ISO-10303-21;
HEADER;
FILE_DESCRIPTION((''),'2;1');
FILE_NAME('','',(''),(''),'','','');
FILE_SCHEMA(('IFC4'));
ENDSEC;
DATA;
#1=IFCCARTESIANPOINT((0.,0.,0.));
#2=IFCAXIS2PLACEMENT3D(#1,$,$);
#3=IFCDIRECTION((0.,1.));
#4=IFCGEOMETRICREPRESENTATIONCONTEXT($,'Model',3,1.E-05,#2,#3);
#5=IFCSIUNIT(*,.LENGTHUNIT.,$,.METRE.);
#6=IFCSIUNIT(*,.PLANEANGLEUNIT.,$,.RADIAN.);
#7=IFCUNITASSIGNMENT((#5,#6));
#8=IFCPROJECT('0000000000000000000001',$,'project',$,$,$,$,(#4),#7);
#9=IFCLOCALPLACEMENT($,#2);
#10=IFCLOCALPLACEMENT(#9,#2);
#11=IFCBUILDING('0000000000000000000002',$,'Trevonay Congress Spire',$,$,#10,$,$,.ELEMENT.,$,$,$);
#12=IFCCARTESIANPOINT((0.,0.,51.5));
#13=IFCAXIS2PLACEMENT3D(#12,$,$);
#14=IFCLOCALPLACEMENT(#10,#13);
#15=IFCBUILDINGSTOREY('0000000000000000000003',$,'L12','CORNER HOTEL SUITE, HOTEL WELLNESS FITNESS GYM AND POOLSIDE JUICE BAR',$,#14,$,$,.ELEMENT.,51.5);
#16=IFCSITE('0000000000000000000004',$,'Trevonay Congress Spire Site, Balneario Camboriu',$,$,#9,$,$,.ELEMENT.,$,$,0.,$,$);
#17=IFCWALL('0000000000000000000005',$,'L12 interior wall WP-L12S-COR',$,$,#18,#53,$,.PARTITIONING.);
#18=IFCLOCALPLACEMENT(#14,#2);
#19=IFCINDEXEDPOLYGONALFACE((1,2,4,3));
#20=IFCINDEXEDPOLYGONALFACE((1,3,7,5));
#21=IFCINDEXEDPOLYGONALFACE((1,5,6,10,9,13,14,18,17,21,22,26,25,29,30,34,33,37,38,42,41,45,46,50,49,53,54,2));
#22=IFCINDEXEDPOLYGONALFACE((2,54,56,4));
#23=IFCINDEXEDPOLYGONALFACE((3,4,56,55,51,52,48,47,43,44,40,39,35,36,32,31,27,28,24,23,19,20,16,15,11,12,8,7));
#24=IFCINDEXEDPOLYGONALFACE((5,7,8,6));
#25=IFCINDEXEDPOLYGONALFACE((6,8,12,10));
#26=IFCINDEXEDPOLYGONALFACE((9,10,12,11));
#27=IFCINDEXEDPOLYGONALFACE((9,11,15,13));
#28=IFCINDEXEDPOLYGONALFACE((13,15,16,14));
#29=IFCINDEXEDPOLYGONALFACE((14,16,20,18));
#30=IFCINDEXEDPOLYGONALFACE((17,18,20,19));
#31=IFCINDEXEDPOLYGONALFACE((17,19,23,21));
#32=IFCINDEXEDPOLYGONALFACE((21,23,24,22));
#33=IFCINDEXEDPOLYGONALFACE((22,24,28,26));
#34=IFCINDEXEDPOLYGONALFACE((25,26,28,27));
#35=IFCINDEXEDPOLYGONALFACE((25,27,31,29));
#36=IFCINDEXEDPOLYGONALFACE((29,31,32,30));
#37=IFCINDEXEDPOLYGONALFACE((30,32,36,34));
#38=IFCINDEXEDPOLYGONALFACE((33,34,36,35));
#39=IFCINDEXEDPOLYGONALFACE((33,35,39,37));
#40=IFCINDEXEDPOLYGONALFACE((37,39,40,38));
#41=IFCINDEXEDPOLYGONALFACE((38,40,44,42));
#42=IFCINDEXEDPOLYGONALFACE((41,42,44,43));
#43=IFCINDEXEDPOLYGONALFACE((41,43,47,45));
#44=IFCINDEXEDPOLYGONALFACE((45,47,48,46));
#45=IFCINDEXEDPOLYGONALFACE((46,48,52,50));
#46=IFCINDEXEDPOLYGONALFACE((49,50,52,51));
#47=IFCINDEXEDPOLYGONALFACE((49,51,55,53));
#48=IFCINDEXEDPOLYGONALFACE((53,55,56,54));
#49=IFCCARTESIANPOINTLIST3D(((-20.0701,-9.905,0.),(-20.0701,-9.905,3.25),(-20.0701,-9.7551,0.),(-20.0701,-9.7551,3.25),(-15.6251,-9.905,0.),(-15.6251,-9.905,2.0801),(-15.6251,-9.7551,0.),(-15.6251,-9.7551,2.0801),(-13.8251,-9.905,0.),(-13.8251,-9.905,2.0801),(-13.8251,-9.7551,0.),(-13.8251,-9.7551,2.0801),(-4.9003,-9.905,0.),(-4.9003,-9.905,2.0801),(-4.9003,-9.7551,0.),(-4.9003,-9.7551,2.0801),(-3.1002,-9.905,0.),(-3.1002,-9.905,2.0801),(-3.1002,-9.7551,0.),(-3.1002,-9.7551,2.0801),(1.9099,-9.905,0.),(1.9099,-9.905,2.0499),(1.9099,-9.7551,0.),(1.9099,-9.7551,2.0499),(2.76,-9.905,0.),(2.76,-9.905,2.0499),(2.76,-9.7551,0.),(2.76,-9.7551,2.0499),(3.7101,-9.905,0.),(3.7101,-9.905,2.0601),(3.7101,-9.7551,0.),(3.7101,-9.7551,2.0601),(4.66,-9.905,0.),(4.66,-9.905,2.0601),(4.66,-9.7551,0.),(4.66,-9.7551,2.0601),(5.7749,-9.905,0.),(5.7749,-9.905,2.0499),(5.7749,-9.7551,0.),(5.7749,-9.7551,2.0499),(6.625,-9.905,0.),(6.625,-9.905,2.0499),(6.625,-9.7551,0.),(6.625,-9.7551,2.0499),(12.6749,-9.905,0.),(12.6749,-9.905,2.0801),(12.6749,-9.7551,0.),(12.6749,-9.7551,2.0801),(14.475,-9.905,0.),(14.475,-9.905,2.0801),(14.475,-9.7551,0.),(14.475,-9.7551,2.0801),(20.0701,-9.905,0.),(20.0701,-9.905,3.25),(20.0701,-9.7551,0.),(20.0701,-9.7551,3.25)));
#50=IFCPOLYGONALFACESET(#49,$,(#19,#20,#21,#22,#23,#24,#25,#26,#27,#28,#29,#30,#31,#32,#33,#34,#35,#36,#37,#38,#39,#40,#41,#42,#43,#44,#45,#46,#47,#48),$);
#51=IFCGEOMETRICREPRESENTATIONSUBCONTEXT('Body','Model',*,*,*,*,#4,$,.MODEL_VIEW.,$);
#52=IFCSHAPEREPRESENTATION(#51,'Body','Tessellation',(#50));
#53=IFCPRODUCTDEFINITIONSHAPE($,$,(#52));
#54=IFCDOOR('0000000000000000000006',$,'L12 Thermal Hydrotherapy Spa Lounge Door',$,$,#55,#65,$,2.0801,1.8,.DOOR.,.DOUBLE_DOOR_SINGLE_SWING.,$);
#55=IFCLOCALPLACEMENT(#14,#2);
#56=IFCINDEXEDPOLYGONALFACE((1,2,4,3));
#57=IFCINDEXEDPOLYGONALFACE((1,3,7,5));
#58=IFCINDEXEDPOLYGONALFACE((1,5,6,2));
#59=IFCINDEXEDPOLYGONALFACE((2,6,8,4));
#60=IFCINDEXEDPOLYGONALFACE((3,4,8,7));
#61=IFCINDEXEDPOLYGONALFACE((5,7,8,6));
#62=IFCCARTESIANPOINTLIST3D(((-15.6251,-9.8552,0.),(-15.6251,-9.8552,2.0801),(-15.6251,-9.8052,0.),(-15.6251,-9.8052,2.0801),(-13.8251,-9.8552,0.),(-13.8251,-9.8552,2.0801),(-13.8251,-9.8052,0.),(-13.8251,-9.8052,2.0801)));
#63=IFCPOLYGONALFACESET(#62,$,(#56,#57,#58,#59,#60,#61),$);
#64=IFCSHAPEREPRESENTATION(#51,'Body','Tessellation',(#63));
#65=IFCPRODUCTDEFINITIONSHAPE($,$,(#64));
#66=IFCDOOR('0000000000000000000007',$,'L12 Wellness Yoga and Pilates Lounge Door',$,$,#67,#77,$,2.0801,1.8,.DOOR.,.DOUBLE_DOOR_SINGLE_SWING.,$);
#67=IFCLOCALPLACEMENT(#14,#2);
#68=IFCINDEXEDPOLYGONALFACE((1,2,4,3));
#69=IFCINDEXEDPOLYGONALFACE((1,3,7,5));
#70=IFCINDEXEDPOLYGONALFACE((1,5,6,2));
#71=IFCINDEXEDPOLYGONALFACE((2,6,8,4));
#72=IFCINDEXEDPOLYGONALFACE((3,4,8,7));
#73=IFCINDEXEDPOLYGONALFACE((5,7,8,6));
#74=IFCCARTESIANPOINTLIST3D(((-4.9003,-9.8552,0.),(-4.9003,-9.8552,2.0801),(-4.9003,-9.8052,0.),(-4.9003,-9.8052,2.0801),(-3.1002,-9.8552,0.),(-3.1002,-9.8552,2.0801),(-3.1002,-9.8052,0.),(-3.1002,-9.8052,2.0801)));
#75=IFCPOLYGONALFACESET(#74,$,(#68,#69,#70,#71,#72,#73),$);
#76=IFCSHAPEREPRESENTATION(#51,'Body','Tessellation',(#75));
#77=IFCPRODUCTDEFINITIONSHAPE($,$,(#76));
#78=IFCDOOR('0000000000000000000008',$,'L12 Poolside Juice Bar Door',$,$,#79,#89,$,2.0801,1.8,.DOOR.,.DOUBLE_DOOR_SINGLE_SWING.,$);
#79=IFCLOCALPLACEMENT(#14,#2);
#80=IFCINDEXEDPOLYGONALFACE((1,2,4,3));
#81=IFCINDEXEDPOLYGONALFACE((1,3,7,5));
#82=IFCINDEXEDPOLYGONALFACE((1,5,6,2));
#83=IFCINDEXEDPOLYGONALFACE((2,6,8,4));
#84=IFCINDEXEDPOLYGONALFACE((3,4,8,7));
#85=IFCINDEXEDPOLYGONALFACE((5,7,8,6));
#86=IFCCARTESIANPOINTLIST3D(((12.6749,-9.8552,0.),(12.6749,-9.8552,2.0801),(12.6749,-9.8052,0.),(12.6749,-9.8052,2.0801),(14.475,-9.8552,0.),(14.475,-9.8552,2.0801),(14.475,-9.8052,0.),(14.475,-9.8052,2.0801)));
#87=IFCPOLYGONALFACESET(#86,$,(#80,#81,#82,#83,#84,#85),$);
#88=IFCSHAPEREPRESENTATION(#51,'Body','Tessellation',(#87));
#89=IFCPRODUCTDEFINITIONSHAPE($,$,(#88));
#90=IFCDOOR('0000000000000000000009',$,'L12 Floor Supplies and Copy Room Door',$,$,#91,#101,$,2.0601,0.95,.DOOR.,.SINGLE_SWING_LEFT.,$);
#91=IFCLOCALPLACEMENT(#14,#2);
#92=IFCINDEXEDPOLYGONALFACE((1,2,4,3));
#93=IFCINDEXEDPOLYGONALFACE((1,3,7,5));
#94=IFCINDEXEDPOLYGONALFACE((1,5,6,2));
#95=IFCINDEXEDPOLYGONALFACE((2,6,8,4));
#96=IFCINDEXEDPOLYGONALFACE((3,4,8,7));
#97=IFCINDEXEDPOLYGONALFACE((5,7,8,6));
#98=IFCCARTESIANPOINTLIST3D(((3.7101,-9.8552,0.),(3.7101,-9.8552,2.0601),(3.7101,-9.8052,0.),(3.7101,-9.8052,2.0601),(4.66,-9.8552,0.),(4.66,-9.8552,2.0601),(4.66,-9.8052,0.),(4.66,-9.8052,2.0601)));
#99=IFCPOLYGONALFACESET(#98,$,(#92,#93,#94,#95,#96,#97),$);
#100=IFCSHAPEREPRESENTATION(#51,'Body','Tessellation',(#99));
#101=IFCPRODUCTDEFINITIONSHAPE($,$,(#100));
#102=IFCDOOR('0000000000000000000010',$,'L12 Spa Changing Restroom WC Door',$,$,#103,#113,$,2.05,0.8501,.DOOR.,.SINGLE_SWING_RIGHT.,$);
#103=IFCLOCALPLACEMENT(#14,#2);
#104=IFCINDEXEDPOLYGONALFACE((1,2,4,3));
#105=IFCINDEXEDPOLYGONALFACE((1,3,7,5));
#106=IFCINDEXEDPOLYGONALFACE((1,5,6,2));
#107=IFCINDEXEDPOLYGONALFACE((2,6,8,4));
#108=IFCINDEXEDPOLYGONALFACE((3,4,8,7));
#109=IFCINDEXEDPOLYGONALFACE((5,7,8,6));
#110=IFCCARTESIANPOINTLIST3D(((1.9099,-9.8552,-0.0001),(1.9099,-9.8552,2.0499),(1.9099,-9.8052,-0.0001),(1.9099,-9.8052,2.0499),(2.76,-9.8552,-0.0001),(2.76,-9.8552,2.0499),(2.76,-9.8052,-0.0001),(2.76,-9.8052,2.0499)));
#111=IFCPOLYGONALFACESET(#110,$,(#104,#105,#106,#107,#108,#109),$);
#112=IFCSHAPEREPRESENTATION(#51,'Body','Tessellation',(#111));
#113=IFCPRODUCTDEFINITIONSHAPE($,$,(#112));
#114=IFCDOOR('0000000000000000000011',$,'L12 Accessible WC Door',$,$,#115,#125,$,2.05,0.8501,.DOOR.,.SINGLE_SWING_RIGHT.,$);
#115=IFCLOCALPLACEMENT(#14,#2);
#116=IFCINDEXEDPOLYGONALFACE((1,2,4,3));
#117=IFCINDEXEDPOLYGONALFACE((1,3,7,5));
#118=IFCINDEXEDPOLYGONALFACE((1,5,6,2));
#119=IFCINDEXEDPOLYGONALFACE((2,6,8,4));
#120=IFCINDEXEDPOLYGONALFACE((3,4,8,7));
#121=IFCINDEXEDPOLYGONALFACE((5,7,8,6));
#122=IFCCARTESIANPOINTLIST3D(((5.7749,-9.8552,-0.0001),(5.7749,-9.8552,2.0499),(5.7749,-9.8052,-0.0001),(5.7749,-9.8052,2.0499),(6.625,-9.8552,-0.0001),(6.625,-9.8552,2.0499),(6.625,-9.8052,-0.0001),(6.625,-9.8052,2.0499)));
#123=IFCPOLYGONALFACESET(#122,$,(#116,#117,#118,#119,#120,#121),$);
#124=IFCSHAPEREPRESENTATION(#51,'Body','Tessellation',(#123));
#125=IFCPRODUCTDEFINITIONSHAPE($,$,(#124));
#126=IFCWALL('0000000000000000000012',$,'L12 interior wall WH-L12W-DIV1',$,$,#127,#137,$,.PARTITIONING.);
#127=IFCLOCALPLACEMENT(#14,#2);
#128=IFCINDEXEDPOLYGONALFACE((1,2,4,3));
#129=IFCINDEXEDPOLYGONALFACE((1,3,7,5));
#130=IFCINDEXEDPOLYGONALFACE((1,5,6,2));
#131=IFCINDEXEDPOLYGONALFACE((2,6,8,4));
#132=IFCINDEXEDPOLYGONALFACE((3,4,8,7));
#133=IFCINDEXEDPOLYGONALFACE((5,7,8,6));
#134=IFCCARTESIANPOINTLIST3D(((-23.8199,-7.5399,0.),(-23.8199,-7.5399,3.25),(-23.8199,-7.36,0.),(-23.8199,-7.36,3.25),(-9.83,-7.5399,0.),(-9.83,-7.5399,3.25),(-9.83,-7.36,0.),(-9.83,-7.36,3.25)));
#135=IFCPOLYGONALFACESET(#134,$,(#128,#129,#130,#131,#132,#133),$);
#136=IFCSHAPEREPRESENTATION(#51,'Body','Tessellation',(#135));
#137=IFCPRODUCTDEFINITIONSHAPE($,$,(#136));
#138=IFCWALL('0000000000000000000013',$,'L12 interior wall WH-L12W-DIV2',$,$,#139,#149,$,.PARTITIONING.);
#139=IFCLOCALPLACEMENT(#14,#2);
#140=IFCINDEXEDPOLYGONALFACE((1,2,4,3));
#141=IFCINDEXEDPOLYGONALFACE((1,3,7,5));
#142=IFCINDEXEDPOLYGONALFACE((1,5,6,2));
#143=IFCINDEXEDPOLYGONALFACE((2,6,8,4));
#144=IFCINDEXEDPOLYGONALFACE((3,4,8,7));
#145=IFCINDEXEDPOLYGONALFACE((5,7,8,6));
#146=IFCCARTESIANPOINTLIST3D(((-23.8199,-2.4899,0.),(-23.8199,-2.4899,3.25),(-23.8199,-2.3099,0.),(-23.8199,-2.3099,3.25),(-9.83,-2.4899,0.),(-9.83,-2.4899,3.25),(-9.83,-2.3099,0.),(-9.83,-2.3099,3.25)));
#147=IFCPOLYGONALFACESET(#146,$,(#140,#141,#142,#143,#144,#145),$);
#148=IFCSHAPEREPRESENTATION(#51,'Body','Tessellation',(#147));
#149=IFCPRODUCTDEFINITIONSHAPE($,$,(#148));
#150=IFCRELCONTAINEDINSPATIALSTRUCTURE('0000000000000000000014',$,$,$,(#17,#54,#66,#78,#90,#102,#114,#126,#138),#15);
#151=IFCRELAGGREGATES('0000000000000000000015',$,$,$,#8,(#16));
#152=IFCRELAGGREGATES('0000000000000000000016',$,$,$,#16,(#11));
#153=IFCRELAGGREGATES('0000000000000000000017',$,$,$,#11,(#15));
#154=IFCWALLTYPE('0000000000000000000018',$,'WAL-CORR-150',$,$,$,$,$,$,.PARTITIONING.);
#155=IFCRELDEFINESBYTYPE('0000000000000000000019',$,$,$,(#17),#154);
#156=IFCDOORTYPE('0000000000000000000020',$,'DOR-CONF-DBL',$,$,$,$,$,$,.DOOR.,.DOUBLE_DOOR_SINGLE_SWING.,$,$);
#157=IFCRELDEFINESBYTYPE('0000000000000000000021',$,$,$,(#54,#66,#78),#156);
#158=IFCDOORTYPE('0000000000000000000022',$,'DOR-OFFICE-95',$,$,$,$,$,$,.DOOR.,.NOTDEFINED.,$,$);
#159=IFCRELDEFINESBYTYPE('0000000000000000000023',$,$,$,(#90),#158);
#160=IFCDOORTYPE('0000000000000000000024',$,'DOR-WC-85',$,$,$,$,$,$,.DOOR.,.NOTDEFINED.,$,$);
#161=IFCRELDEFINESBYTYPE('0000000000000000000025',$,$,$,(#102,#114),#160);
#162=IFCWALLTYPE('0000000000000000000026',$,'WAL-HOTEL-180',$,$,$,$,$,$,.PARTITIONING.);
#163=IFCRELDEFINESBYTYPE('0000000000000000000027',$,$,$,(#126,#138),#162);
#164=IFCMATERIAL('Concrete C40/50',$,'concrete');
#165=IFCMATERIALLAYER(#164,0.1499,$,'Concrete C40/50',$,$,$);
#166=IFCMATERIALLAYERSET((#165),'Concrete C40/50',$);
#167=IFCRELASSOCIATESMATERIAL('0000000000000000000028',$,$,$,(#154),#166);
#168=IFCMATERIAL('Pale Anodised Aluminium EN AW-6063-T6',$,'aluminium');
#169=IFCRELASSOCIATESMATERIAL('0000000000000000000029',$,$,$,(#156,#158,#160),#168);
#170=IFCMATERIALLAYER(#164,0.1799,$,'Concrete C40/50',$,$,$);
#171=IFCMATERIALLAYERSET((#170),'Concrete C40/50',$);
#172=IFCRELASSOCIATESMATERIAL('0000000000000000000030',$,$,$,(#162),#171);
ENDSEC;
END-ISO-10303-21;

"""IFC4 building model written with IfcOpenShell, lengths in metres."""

from ifc_helpers import new_model, si_unit, direction, frame, frame_2d, origin, place, context, subcontext, project, spatial, rectangle, extrude, material, layer, layer_set, type_object, element, fill, save


model = new_model("IFC4")

# Units and contexts
model_context = context("Model", 3, precision=1e-05, world=origin(), true_north=direction((0.0, 1.0)))
body_context = subcontext(model_context, "Body", "Model", "MODEL_VIEW")
ifc_project = project(units=[si_unit("LENGTHUNIT", "METRE"), si_unit("PLANEANGLEUNIT", "RADIAN")], contexts=[model_context])

# Site, building, storey
site_placement = place(None, origin())
site = spatial("IfcSite", under=ifc_project, at=site_placement, Name="Trevonay Congress Spire Site, Balneario Camboriu", CompositionType="ELEMENT", RefElevation=0.0)
building_placement = place(site_placement, origin())
building = spatial("IfcBuilding", under=site, at=building_placement, Name="Trevonay Congress Spire", CompositionType="ELEMENT")
storey_placement = place(building_placement, frame((0.0, 0.0, 51.5)))
storey = spatial("IfcBuildingStorey", under=building, at=storey_placement, Name="L12", Description="CORNER HOTEL SUITE, HOTEL WELLNESS FITNESS GYM AND POOLSIDE JUICE BAR", CompositionType="ELEMENT", Elevation=51.5)

# Shared definitions
ifc_material_1 = material(Name="Pale Anodised Aluminium EN AW-6063-T6", Category="aluminium")

# Shared definitions
ifc_material_2 = material(Name="Concrete C40/50", Category="concrete")

# Wall, openings, doors
ifc_layer_1 = layer(ifc_material_2, 0.1499, Name="Concrete C40/50")
ifc_layer_set_1 = layer_set([ifc_layer_1], Name="Concrete C40/50")
wall_type_1 = type_object("IfcWallType", Name="WAL-CORR-150", PredefinedType="PARTITIONING", material=ifc_layer_set_1)
wall_1_placement = place(storey_placement, frame((-20.0701, -9.8301, 0.0), z_axis=(0.0, 0.0, 1.0), x_axis=(1.0, 0.0, 0.0)))
wall_1 = element("IfcWall", 1, at=wall_1_placement, inside=storey, type_object=wall_type_1, Name="L12 interior wall WP-L12S-COR", PredefinedType="PARTITIONING", context=body_context, shape_type="SweptSolid", body=[
    extrude(rectangle(XDim=40.1401, YDim=0.1499, at=frame_2d((20.0701, 0.0))), origin(), (0.0, 0.0, 1.0), 3.25),
])
opening_1_placement = place(wall_1_placement, frame((4.4451, 0.0, 0.0)))
opening_1 = element("IfcOpeningElement", 2, at=opening_1_placement, cuts=wall_1, PredefinedType="OPENING", context=body_context, shape_type="SweptSolid", body=[
    extrude(rectangle(XDim=1.8, YDim=2.0801, at=frame_2d((0.8999, 1.04))), frame((0.0, 0.085, 0.0), z_axis=(0.0, -1.0, 0.0), x_axis=(1.0, 0.0, 0.0)), (0.0, 0.0, 1.0), 0.1699),
])
opening_2_placement = place(wall_1_placement, frame((15.1699, 0.0, 0.0)))
opening_2 = element("IfcOpeningElement", 3, at=opening_2_placement, cuts=wall_1, PredefinedType="OPENING", context=body_context, shape_type="SweptSolid", body=[
    extrude(rectangle(XDim=1.8, YDim=2.0801, at=frame_2d((0.8999, 1.04))), frame((0.0, 0.085, 0.0), z_axis=(0.0, -1.0, 0.0), x_axis=(1.0, 0.0, 0.0)), (0.0, 0.0, 1.0), 0.1699),
])
opening_3_placement = place(wall_1_placement, frame((21.98, 0.0, 0.0)))
opening_3 = element("IfcOpeningElement", 4, at=opening_3_placement, cuts=wall_1, PredefinedType="OPENING", context=body_context, shape_type="SweptSolid", body=[
    extrude(rectangle(XDim=0.8501, YDim=2.05, at=frame_2d((0.425, 1.0249))), frame((0.0, 0.085, 0.0), z_axis=(0.0, -1.0, 0.0), x_axis=(1.0, 0.0, 0.0)), (0.0, 0.0, 1.0), 0.1699),
])
opening_4_placement = place(wall_1_placement, frame((23.78, 0.0, 0.0)))
opening_4 = element("IfcOpeningElement", 5, at=opening_4_placement, cuts=wall_1, PredefinedType="OPENING", context=body_context, shape_type="SweptSolid", body=[
    extrude(rectangle(XDim=0.95, YDim=2.0601, at=frame_2d((0.4751, 1.03))), frame((0.0, 0.085, 0.0), z_axis=(0.0, -1.0, 0.0), x_axis=(1.0, 0.0, 0.0)), (0.0, 0.0, 1.0), 0.1699),
])
opening_5_placement = place(wall_1_placement, frame((25.845, 0.0, 0.0)))
opening_5 = element("IfcOpeningElement", 6, at=opening_5_placement, cuts=wall_1, PredefinedType="OPENING", context=body_context, shape_type="SweptSolid", body=[
    extrude(rectangle(XDim=0.8501, YDim=2.05, at=frame_2d((0.425, 1.0249))), frame((0.0, 0.085, 0.0), z_axis=(0.0, -1.0, 0.0), x_axis=(1.0, 0.0, 0.0)), (0.0, 0.0, 1.0), 0.1699),
])
opening_6_placement = place(wall_1_placement, frame((32.7451, 0.0, 0.0)))
opening_6 = element("IfcOpeningElement", 7, at=opening_6_placement, cuts=wall_1, PredefinedType="OPENING", context=body_context, shape_type="SweptSolid", body=[
    extrude(rectangle(XDim=1.8, YDim=2.0801, at=frame_2d((0.8999, 1.04))), frame((0.0, 0.085, 0.0), z_axis=(0.0, -1.0, 0.0), x_axis=(1.0, 0.0, 0.0)), (0.0, 0.0, 1.0), 0.1699),
])
door_type_1 = type_object("IfcDoorType", Name="DOR-CONF-DBL", OperationType="DOUBLE_DOOR_SINGLE_SWING", PredefinedType="DOOR", material=ifc_material_1)
door_1_placement = place(opening_1_placement, origin())
door_1 = element("IfcDoor", 8, at=door_1_placement, inside=storey, type_object=door_type_1, Name="L12 Thermal Hydrotherapy Spa Lounge Door", OperationType="DOUBLE_DOOR_SINGLE_SWING", OverallHeight=2.0801, OverallWidth=1.8, PredefinedType="DOOR", context=body_context, shape_type="SweptSolid", body=[
    extrude(rectangle(XDim=1.8, YDim=2.0801, at=frame_2d((0.8999, 1.04))), frame((0.0, 0.0249, 0.0), z_axis=(0.0, -1.0, 0.0), x_axis=(1.0, 0.0, 0.0)), (0.0, 0.0, 1.0), 0.05),
])
fill(opening_1, door_1)
door_2_placement = place(opening_2_placement, origin())
door_2 = element("IfcDoor", 9, at=door_2_placement, inside=storey, type_object=door_type_1, Name="L12 Wellness Yoga and Pilates Lounge Door", OperationType="DOUBLE_DOOR_SINGLE_SWING", OverallHeight=2.0801, OverallWidth=1.8, PredefinedType="DOOR", context=body_context, shape_type="SweptSolid", body=[
    extrude(rectangle(XDim=1.8, YDim=2.0801, at=frame_2d((0.8999, 1.04))), frame((0.0, 0.0249, 0.0), z_axis=(0.0, -1.0, 0.0), x_axis=(1.0, 0.0, 0.0)), (0.0, 0.0, 1.0), 0.05),
])
fill(opening_2, door_2)
door_3_placement = place(opening_6_placement, origin())
door_3 = element("IfcDoor", 10, at=door_3_placement, inside=storey, type_object=door_type_1, Name="L12 Poolside Juice Bar Door", OperationType="DOUBLE_DOOR_SINGLE_SWING", OverallHeight=2.0801, OverallWidth=1.8, PredefinedType="DOOR", context=body_context, shape_type="SweptSolid", body=[
    extrude(rectangle(XDim=1.8, YDim=2.0801, at=frame_2d((0.8999, 1.04))), frame((0.0, 0.0249, 0.0), z_axis=(0.0, -1.0, 0.0), x_axis=(1.0, 0.0, 0.0)), (0.0, 0.0, 1.0), 0.05),
])
fill(opening_6, door_3)
door_type_2 = type_object("IfcDoorType", Name="DOR-OFFICE-95", OperationType="NOTDEFINED", PredefinedType="DOOR", material=ifc_material_1)
door_4_placement = place(opening_4_placement, origin())
door_4 = element("IfcDoor", 11, at=door_4_placement, inside=storey, type_object=door_type_2, Name="L12 Floor Supplies and Copy Room Door", OperationType="SINGLE_SWING_LEFT", OverallHeight=2.0601, OverallWidth=0.95, PredefinedType="DOOR", context=body_context, shape_type="SweptSolid", body=[
    extrude(rectangle(XDim=0.95, YDim=2.0601, at=frame_2d((0.4751, 1.03))), frame((0.0, 0.0249, 0.0), z_axis=(0.0, -1.0, 0.0), x_axis=(1.0, 0.0, 0.0)), (0.0, 0.0, 1.0), 0.05),
])
fill(opening_4, door_4)
door_type_3 = type_object("IfcDoorType", Name="DOR-WC-85", OperationType="NOTDEFINED", PredefinedType="DOOR", material=ifc_material_1)
door_5_placement = place(opening_3_placement, origin())
door_5 = element("IfcDoor", 12, at=door_5_placement, inside=storey, type_object=door_type_3, Name="L12 Spa Changing Restroom WC Door", OperationType="SINGLE_SWING_RIGHT", OverallHeight=2.05, OverallWidth=0.8501, PredefinedType="DOOR", context=body_context, shape_type="SweptSolid", body=[
    extrude(rectangle(XDim=0.8501, YDim=2.05, at=frame_2d((0.425, 1.0249))), frame((0.0, 0.0249, 0.0), z_axis=(0.0, -1.0, 0.0), x_axis=(1.0, 0.0, 0.0)), (0.0, 0.0, 1.0), 0.05),
])
fill(opening_3, door_5)
door_6_placement = place(opening_5_placement, origin())
door_6 = element("IfcDoor", 13, at=door_6_placement, inside=storey, type_object=door_type_3, Name="L12 Accessible WC Door", OperationType="SINGLE_SWING_RIGHT", OverallHeight=2.05, OverallWidth=0.8501, PredefinedType="DOOR", context=body_context, shape_type="SweptSolid", body=[
    extrude(rectangle(XDim=0.8501, YDim=2.05, at=frame_2d((0.425, 1.0249))), frame((0.0, 0.0249, 0.0), z_axis=(0.0, -1.0, 0.0), x_axis=(1.0, 0.0, 0.0)), (0.0, 0.0, 1.0), 0.05),
])
fill(opening_5, door_6)

# Walls
ifc_layer_2 = layer(ifc_material_2, 0.1799, Name="Concrete C40/50")
ifc_layer_set_2 = layer_set([ifc_layer_2], Name="Concrete C40/50")
wall_type_2 = type_object("IfcWallType", Name="WAL-HOTEL-180", PredefinedType="PARTITIONING", material=ifc_layer_set_2)
for number, where, z_axis, x_axis, name in (
    (14, (-23.8201, -7.45, 0.0), (0.0, 0.0, 1.0), (1.0, 0.0, 0.0), "L12 interior wall WH-L12W-DIV1"),
    (15, (-23.8201, -2.3999, 0.0), (0.0, 0.0, 1.0), (1.0, 0.0, 0.0), "L12 interior wall WH-L12W-DIV2"),
):
    element("IfcWall", number, at=place(storey_placement, frame(where, z_axis=z_axis, x_axis=x_axis)), inside=storey, type_object=wall_type_2, Name=name, PredefinedType="PARTITIONING", context=body_context, shape_type="SweptSolid", body=[
        extrude(rectangle(XDim=13.99, YDim=0.1799, at=frame_2d((6.9951, 0.0))), origin(), (0.0, 0.0, 1.0), 3.25),
    ])

save(model, "model.ifc")
